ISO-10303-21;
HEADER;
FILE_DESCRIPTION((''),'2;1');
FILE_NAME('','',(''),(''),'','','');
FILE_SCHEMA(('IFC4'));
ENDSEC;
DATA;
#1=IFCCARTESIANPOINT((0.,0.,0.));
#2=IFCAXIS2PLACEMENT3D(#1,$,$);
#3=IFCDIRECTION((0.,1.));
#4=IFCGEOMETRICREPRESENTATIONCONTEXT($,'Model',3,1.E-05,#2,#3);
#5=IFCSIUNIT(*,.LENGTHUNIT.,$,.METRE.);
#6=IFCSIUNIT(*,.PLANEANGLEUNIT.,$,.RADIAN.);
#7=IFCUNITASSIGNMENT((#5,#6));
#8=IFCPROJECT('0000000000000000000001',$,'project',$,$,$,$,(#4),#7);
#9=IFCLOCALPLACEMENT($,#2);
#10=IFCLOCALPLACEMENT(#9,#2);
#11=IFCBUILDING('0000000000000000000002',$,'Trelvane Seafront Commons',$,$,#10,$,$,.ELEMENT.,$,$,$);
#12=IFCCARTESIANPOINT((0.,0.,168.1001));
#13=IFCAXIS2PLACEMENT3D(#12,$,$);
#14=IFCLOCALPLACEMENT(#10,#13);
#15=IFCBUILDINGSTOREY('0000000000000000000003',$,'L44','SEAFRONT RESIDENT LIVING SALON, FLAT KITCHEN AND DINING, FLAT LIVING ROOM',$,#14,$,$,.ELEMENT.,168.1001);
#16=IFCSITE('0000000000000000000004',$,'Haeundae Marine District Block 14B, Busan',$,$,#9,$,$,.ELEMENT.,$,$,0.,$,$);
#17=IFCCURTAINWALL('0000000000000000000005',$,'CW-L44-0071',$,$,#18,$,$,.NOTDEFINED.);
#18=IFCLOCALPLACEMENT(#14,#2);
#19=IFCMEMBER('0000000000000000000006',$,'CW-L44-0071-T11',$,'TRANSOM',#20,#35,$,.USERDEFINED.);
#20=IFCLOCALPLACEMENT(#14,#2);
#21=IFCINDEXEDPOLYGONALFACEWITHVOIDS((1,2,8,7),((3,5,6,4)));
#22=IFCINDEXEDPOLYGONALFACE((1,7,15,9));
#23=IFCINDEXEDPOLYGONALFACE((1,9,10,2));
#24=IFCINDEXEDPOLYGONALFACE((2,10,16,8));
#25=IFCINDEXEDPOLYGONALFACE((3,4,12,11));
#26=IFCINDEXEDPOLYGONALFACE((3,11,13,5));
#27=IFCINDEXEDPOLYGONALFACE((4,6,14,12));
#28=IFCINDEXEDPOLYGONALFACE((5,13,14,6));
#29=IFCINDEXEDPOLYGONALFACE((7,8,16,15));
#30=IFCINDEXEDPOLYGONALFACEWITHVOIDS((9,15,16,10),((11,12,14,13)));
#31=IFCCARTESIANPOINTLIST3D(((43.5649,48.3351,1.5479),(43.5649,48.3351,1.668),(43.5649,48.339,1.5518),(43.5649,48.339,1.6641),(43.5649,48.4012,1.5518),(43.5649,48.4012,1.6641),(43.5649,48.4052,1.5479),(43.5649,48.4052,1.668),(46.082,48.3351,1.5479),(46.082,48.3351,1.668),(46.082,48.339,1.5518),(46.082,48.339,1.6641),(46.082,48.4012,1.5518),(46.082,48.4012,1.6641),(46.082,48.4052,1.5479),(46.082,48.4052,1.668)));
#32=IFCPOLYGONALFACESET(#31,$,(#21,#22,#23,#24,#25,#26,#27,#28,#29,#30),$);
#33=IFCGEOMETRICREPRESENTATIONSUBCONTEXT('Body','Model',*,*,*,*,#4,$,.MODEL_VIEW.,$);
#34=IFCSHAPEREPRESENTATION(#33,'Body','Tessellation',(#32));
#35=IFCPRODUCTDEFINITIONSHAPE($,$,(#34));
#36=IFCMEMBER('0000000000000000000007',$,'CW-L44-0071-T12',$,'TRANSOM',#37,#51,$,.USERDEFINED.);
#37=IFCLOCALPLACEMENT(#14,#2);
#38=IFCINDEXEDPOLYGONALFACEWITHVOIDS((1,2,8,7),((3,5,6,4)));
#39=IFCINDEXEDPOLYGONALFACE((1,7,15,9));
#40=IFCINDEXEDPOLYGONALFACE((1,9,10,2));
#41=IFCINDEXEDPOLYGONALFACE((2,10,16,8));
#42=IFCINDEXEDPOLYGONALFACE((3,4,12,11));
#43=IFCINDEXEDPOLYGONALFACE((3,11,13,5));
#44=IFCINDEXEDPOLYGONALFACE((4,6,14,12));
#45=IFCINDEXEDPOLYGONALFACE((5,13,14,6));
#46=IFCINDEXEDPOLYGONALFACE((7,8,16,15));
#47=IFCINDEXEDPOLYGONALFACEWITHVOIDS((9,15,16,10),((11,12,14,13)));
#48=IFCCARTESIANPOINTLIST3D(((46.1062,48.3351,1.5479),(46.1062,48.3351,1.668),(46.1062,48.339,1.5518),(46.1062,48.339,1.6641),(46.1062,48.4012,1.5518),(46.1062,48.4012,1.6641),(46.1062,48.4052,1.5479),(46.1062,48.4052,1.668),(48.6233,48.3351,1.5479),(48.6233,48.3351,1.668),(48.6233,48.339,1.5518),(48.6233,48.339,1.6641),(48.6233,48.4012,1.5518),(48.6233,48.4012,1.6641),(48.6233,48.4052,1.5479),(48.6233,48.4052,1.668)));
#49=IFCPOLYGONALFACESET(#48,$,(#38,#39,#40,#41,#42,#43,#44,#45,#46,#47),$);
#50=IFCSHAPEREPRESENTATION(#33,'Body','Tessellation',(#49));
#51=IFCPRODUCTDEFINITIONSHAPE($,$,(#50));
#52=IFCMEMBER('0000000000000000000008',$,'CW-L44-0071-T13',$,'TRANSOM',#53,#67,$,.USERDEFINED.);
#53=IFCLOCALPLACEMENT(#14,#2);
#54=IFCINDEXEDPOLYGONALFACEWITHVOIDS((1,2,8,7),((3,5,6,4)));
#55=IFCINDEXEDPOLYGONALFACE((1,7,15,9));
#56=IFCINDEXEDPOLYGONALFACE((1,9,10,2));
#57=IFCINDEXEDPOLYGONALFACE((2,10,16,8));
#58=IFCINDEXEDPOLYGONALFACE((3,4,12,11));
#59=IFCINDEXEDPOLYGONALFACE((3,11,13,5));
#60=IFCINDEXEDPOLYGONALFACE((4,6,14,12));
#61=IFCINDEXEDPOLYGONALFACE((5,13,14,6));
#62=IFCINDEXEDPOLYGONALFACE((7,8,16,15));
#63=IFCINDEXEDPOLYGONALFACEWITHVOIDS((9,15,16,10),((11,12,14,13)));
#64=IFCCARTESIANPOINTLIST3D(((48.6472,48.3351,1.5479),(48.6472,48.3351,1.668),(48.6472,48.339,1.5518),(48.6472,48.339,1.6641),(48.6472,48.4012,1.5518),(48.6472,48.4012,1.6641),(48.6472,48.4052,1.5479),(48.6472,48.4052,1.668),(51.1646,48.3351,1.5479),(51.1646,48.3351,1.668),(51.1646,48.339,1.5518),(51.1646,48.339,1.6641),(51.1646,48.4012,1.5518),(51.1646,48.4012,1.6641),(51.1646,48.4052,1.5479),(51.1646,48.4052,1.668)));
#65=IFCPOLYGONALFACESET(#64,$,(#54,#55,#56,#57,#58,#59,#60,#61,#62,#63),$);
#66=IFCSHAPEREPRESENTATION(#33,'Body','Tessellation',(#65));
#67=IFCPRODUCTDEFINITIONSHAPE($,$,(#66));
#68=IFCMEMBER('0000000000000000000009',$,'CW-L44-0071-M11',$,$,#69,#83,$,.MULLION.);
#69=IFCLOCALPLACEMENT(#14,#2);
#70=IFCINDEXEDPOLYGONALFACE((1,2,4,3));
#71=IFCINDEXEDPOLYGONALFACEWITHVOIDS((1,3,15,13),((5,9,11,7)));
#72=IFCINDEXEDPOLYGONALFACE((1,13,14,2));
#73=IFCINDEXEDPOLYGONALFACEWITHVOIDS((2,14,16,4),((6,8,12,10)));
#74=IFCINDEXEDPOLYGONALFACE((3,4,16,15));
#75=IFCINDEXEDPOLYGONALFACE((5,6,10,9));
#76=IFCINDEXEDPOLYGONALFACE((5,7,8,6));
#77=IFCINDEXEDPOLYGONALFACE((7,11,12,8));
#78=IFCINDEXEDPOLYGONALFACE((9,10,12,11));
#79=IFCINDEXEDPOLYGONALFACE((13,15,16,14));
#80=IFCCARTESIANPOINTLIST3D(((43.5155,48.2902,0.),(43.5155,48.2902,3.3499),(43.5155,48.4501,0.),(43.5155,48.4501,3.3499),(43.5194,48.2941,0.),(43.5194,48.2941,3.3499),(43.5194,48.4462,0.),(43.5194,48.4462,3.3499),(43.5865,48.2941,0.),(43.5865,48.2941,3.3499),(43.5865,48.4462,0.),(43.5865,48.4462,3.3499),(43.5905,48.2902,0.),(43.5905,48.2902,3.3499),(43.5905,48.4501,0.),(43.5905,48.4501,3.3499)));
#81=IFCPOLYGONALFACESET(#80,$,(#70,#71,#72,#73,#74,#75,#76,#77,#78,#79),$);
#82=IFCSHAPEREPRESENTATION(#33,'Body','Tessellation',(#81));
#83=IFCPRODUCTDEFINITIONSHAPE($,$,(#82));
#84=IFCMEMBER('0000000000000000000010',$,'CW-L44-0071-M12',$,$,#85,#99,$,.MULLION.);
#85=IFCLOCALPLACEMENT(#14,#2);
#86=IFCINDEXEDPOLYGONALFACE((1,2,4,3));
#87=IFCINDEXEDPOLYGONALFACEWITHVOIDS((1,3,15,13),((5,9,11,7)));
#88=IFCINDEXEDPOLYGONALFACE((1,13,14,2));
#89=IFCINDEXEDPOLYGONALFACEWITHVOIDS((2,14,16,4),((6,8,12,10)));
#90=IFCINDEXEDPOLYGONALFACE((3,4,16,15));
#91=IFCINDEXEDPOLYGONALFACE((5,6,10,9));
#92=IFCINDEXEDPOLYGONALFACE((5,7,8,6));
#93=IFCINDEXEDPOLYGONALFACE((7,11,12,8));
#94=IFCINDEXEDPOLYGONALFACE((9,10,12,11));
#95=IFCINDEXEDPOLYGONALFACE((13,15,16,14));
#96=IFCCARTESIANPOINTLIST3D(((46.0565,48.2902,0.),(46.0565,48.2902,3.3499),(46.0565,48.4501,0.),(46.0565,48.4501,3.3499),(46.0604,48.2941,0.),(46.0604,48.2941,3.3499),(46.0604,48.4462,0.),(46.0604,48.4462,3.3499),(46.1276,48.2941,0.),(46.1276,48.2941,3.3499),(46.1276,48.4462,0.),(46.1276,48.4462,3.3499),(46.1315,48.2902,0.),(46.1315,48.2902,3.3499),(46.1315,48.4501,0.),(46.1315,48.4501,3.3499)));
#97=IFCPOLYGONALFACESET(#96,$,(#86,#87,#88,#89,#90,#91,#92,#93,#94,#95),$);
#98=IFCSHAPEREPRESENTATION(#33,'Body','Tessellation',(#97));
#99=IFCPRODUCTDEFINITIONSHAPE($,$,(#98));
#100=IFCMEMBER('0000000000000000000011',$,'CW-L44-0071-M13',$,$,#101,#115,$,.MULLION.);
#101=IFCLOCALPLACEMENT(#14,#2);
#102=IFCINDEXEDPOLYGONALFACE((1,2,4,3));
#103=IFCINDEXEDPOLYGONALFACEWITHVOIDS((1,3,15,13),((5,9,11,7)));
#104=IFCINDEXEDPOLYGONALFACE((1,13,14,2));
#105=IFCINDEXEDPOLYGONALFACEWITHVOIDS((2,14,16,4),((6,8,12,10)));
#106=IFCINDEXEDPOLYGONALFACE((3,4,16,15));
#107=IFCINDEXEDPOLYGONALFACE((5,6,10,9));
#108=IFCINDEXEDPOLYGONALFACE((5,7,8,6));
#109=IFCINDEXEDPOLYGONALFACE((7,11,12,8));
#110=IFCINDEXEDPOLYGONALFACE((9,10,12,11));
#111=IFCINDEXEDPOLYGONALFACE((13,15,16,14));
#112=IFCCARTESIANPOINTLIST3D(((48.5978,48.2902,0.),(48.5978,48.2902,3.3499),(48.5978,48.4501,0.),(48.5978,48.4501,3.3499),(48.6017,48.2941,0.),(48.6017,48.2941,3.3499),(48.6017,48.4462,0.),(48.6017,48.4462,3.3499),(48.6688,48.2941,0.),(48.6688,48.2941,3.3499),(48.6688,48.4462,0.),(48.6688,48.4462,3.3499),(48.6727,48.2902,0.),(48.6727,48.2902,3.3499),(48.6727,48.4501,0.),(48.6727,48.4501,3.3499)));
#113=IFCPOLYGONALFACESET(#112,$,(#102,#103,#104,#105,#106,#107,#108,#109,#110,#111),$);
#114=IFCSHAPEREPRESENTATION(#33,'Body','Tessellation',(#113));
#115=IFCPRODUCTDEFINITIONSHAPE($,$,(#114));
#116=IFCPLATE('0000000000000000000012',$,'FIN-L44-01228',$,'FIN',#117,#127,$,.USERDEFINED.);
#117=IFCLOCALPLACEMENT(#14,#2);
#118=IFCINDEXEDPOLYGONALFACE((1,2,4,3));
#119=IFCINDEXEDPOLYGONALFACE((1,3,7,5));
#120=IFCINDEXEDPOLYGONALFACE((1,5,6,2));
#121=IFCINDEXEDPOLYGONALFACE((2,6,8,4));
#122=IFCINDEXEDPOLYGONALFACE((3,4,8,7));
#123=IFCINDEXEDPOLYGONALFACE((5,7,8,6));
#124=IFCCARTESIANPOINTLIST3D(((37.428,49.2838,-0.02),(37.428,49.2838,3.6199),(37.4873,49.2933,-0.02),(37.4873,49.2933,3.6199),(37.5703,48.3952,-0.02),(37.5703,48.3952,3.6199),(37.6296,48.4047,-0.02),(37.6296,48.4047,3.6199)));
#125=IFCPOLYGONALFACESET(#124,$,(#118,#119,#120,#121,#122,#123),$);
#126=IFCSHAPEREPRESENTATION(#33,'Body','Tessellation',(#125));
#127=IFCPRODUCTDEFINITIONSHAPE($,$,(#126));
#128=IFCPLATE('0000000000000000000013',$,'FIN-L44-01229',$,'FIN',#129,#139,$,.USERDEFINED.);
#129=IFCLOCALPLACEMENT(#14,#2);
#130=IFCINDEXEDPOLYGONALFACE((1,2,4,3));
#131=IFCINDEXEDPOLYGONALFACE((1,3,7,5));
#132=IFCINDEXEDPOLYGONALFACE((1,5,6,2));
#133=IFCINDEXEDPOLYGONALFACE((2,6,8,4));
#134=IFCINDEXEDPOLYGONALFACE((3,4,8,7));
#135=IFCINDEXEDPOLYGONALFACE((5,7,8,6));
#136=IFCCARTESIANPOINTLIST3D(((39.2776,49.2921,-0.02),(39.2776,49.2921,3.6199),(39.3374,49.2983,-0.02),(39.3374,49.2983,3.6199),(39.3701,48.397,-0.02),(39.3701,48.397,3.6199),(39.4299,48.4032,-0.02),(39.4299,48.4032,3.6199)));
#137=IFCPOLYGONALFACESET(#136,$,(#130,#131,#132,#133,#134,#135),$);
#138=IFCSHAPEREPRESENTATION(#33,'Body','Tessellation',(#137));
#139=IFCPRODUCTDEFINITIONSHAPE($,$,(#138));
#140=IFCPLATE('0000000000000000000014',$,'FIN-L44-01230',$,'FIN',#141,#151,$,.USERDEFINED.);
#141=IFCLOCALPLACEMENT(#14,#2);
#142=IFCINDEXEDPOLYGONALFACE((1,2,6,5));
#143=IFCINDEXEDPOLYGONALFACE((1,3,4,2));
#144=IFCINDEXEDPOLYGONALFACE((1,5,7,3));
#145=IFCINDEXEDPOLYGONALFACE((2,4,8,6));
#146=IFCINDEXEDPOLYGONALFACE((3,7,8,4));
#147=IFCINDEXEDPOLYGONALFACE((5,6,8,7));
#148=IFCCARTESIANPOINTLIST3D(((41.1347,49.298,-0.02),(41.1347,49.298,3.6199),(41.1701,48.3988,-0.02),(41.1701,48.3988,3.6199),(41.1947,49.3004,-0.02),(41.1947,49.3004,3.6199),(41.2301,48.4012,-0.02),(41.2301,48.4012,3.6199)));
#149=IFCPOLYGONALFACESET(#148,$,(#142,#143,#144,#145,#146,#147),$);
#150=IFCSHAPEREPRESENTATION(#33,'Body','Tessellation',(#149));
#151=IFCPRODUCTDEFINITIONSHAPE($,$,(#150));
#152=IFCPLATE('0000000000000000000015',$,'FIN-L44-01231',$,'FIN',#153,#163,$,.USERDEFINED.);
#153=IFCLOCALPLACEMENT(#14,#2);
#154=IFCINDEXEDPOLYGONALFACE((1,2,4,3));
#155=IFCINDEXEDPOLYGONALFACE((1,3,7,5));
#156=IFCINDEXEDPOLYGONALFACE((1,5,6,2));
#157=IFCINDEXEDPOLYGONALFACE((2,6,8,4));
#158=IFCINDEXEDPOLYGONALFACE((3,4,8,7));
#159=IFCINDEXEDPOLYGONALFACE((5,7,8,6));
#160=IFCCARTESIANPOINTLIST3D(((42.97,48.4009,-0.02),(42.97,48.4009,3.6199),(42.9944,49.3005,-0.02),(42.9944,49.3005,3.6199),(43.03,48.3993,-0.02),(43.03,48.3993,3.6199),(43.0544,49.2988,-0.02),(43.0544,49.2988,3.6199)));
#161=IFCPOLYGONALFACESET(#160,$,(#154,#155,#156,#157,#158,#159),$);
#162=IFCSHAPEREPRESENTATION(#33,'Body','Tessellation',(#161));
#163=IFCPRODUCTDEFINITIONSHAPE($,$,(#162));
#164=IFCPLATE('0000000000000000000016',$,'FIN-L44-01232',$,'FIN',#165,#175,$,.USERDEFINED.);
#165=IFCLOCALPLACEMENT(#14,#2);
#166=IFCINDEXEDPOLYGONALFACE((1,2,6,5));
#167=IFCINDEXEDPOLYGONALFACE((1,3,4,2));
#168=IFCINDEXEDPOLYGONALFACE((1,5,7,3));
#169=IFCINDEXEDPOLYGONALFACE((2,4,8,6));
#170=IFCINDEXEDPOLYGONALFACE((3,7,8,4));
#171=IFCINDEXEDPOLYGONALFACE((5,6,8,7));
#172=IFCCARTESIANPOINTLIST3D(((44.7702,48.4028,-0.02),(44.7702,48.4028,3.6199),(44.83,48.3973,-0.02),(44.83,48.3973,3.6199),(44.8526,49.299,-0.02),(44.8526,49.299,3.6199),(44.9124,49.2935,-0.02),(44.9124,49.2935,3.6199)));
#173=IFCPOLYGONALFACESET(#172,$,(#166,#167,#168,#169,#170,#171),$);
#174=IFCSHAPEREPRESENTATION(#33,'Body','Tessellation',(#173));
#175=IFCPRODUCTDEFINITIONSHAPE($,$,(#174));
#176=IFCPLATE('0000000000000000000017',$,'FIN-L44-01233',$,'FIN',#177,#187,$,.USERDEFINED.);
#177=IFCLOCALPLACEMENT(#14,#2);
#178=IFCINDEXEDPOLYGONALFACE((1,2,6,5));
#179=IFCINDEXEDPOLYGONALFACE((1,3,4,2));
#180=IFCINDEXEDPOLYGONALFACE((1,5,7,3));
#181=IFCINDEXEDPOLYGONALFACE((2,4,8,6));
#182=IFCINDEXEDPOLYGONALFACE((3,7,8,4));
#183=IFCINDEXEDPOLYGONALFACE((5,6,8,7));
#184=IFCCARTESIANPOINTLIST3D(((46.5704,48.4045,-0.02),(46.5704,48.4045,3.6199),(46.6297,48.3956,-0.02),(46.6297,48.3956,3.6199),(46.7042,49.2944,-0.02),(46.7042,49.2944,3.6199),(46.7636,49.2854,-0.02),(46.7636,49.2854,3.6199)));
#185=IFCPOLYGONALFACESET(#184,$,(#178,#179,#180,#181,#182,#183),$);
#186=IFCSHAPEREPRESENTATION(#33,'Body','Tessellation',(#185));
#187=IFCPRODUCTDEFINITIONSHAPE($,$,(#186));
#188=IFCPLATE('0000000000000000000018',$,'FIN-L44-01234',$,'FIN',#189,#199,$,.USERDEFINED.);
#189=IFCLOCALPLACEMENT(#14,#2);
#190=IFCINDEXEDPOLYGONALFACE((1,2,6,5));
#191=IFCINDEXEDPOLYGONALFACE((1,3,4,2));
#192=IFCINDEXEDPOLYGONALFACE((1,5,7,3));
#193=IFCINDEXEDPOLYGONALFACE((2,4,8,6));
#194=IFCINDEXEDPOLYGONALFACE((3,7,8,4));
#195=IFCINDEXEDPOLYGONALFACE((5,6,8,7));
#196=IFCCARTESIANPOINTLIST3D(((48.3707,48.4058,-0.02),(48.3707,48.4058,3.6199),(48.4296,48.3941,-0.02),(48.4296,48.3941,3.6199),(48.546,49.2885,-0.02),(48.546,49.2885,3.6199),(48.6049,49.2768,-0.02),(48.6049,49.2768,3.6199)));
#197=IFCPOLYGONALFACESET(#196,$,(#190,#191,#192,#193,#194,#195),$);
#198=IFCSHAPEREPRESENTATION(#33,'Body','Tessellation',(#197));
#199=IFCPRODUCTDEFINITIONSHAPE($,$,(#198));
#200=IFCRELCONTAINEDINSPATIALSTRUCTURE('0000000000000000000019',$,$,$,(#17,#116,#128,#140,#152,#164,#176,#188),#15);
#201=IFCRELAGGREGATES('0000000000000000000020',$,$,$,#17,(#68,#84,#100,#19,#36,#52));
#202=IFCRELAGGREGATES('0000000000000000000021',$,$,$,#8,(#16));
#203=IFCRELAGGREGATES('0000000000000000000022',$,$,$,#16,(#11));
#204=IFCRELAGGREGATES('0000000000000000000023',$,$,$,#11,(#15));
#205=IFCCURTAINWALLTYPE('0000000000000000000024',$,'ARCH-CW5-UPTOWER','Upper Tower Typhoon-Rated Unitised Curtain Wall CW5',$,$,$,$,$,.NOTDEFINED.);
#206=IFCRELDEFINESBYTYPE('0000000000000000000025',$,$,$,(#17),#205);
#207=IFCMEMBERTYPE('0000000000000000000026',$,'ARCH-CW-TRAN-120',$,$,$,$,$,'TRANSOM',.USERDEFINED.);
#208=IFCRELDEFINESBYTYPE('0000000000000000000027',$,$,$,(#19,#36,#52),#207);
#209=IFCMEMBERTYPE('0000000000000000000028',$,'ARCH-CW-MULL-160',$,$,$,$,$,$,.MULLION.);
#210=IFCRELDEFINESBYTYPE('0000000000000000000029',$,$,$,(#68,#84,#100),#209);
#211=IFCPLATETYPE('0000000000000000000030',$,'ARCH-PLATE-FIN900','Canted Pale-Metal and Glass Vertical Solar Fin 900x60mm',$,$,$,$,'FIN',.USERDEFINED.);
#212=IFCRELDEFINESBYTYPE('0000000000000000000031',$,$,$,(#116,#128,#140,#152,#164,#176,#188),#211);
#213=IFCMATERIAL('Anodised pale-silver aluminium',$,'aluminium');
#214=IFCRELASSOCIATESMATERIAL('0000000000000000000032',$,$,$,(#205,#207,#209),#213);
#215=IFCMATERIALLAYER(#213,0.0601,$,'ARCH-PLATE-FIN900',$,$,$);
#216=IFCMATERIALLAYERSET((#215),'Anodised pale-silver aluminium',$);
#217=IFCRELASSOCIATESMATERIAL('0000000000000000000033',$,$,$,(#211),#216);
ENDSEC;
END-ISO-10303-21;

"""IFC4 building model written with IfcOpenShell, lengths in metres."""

from ifc_helpers import new_model, si_unit, direction, frame, origin, origin_2d, place, context, subcontext, project, spatial, rectangle, hollow_rectangle, extrude, source, transform, mapped, material, layer, layer_set, material_profile, profile_set, type_object, element, aggregate, save


model = new_model("IFC4")

# Units and contexts
model_context = context("Model", 3, precision=1e-05, world=origin(), true_north=direction((0.0, 1.0)))
body_context = subcontext(model_context, "Body", "Model", "MODEL_VIEW")
ifc_project = project(units=[si_unit("LENGTHUNIT", "METRE"), si_unit("PLANEANGLEUNIT", "RADIAN")], contexts=[model_context])

# Site, building, storey
site_placement = place(None, origin())
site = spatial("IfcSite", under=ifc_project, at=site_placement, Name="Haeundae Marine District Block 14B, Busan", CompositionType="ELEMENT", RefElevation=0.0)
building_placement = place(site_placement, origin())
building = spatial("IfcBuilding", under=site, at=building_placement, Name="Trelvane Seafront Commons", CompositionType="ELEMENT")
storey_placement = place(building_placement, frame((0.0, 0.0, 168.1001)))
storey = spatial("IfcBuildingStorey", under=building, at=storey_placement, Name="L44", Description="SEAFRONT RESIDENT LIVING SALON, FLAT KITCHEN AND DINING, FLAT LIVING ROOM", CompositionType="ELEMENT", Elevation=168.1001)

# Curtain wall, members
ifc_material_1 = material(Name="Anodised pale-silver aluminium", Category="aluminium")
curtain_wall_type = type_object("IfcCurtainWallType", Name="ARCH-CW5-UPTOWER", Description="Upper Tower Typhoon-Rated Unitised Curtain Wall CW5", PredefinedType="NOTDEFINED", material=ifc_material_1)
curtain_wall_placement = place(storey_placement, origin())
curtain_wall = element("IfcCurtainWall", 1, at=curtain_wall_placement, inside=storey, type_object=curtain_wall_type, Name="CW-L44-0071", PredefinedType="NOTDEFINED")
ifc_material_profile_1 = material_profile(ifc_material_1, hollow_rectangle(XDim=0.0701, YDim=0.1201, WallThickness=0.0039, at=origin_2d()), Name="TRAN-70x120x4")
ifc_profile_set_1 = profile_set([ifc_material_profile_1], Name="Anodised pale-silver aluminium")
member_type_1 = type_object("IfcMemberType", Name="ARCH-CW-TRAN-120", ElementType="TRANSOM", PredefinedType="USERDEFINED", material=ifc_profile_set_1)
shared_shape_1 = source(origin(), body_context, "Body", "SweptSolid", [
    extrude(hollow_rectangle(XDim=0.0701, YDim=0.1201, WallThickness=0.0039, at=origin_2d()), origin(), (0.0, 0.0, 1.0), 2.5171),
])
member_1_placement = place(storey_placement, frame((43.5649, 48.3701, 1.6079), z_axis=(1.0, 0.0, 0.0), x_axis=(0.0, 1.0, 0.0)))
member_1 = element("IfcMember", 2, at=member_1_placement, type_object=member_type_1, Name="CW-L44-0071-T11", ObjectType="TRANSOM", PredefinedType="USERDEFINED", context=body_context, shape_type="MappedRepresentation", body=[
    mapped(shared_shape_1, transform((0.0, 0.0, 0.0), x_axis=(1.0, 0.0, 0.0), y_axis=(0.0, 1.0, 0.0), z_axis=(0.0, 0.0, 1.0), scale=1.0)),
])
member_2_placement = place(storey_placement, frame((46.1062, 48.3701, 1.6079), z_axis=(1.0, 0.0, 0.0), x_axis=(0.0, 1.0, 0.0)))
member_2 = element("IfcMember", 3, at=member_2_placement, type_object=member_type_1, Name="CW-L44-0071-T12", ObjectType="TRANSOM", PredefinedType="USERDEFINED", context=body_context, shape_type="MappedRepresentation", body=[
    mapped(shared_shape_1, transform((0.0, 0.0, 0.0), x_axis=(1.0, 0.0, 0.0), y_axis=(0.0, 1.0, 0.0), z_axis=(0.0, 0.0, 1.0), scale=1.0)),
])
shared_shape_2 = source(origin(), body_context, "Body", "SweptSolid", [
    extrude(hollow_rectangle(XDim=0.0701, YDim=0.1201, WallThickness=0.0039, at=origin_2d()), origin(), (0.0, 0.0, 1.0), 2.5173),
])
member_3_placement = place(storey_placement, frame((48.6472, 48.3701, 1.6079), z_axis=(1.0, 0.0, 0.0), x_axis=(0.0, 1.0, 0.0)))
member_3 = element("IfcMember", 4, at=member_3_placement, type_object=member_type_1, Name="CW-L44-0071-T13", ObjectType="TRANSOM", PredefinedType="USERDEFINED", context=body_context, shape_type="MappedRepresentation", body=[
    mapped(shared_shape_2, transform((0.0, 0.0, 0.0), x_axis=(1.0, 0.0, 0.0), y_axis=(0.0, 1.0, 0.0), z_axis=(0.0, 0.0, 1.0), scale=1.0)),
])
ifc_material_profile_2 = material_profile(ifc_material_1, hollow_rectangle(XDim=0.075, YDim=0.1599, WallThickness=0.0039, at=origin_2d()), Name="MULL-75x160x4")
ifc_profile_set_2 = profile_set([ifc_material_profile_2], Name="Anodised pale-silver aluminium")
member_type_2 = type_object("IfcMemberType", Name="ARCH-CW-MULL-160", PredefinedType="MULLION", material=ifc_profile_set_2)
shared_shape_3 = source(origin(), body_context, "Body", "SweptSolid", [
    extrude(hollow_rectangle(XDim=0.075, YDim=0.1599, WallThickness=0.0039, at=origin_2d()), origin(), (0.0, 0.0, 1.0), 3.3499),
])
member_4_placement = place(storey_placement, frame((43.553, 48.3701, 0.0), z_axis=(0.0, 0.0, 1.0), x_axis=(1.0, 0.0, 0.0)))
member_4 = element("IfcMember", 5, at=member_4_placement, type_object=member_type_2, Name="CW-L44-0071-M11", PredefinedType="MULLION", context=body_context, shape_type="MappedRepresentation", body=[
    mapped(shared_shape_3, transform((0.0, 0.0, 0.0), x_axis=(1.0, 0.0, 0.0), y_axis=(0.0, 1.0, 0.0), z_axis=(0.0, 0.0, 1.0), scale=1.0)),
])
member_5_placement = place(storey_placement, frame((46.094, 48.3701, 0.0), z_axis=(0.0, 0.0, 1.0), x_axis=(1.0, 0.0, 0.0)))
member_5 = element("IfcMember", 6, at=member_5_placement, type_object=member_type_2, Name="CW-L44-0071-M12", PredefinedType="MULLION", context=body_context, shape_type="MappedRepresentation", body=[
    mapped(shared_shape_3, transform((0.0, 0.0, 0.0), x_axis=(1.0, 0.0, 0.0), y_axis=(0.0, 1.0, 0.0), z_axis=(0.0, 0.0, 1.0), scale=1.0)),
])
member_6_placement = place(storey_placement, frame((48.6353, 48.3701, 0.0), z_axis=(0.0, 0.0, 1.0), x_axis=(1.0, 0.0, 0.0)))
member_6 = element("IfcMember", 7, at=member_6_placement, type_object=member_type_2, Name="CW-L44-0071-M13", PredefinedType="MULLION", context=body_context, shape_type="MappedRepresentation", body=[
    mapped(shared_shape_3, transform((0.0, 0.0, 0.0), x_axis=(1.0, 0.0, 0.0), y_axis=(0.0, 1.0, 0.0), z_axis=(0.0, 0.0, 1.0), scale=1.0)),
])

# Plates
ifc_layer_1 = layer(ifc_material_1, 0.0601, Name="ARCH-PLATE-FIN900")
ifc_layer_set_1 = layer_set([ifc_layer_1], Name="Anodised pale-silver aluminium")
plate_type_1 = type_object("IfcPlateType", Name="ARCH-PLATE-FIN900", Description="Canted Pale-Metal and Glass Vertical Solar Fin 900x60mm", ElementType="FIN", PredefinedType="USERDEFINED", material=ifc_layer_set_1)
shared_shape_4 = source(origin(), body_context, "Body", "SweptSolid", [
    extrude(rectangle(XDim=0.8999, YDim=0.0601, at=origin_2d()), origin(), (0.0, 0.0, 1.0), 3.6399),
])
for number, where, z_axis, x_axis, name in (
    (8, (37.5288, 48.8442, -0.02), (0.0, 0.0, 1.0), (-0.158217, 0.987404, 0.0), "FIN-L44-01228"),
    (9, (39.3538, 48.8477, -0.02), (0.0, 0.0, 1.0), (-0.102782, 0.994704, 0.0), "FIN-L44-01229"),
    (10, (41.1824, 48.8496, -0.02), (0.0, 0.0, 1.0), (-0.039333, 0.999226, 0.0), "FIN-L44-01230"),
    (11, (43.0122, 48.8499, -0.02), (0.0, 0.0, 1.0), (0.02711, 0.999632, 0.0), "FIN-L44-01231"),
    (12, (44.8413, 48.8481, -0.02), (0.0, 0.0, 1.0), (0.091557, 0.9958, 0.0), "FIN-L44-01232"),
    (13, (46.667, 48.845, -0.02), (0.0, 0.0, 1.0), (0.148774, 0.988871, 0.0), "FIN-L44-01233"),
    (14, (48.4878, 48.8413, -0.02), (0.0, 0.0, 1.0), (0.19477, 0.980849, 0.0), "FIN-L44-01234"),
):
    element("IfcPlate", number, at=place(storey_placement, frame(where, z_axis=z_axis, x_axis=x_axis)), inside=storey, type_object=plate_type_1, Name=name, ObjectType="FIN", PredefinedType="USERDEFINED", context=body_context, shape_type="MappedRepresentation", body=[
        mapped(shared_shape_4, transform((0.0, 0.0, 0.0), x_axis=(1.0, 0.0, 0.0), y_axis=(0.0, 1.0, 0.0), z_axis=(0.0, 0.0, 1.0), scale=1.0)),
    ])

aggregate(curtain_wall, [member_4, member_5, member_6, member_1, member_2, member_3])

save(model, "model.ifc")
